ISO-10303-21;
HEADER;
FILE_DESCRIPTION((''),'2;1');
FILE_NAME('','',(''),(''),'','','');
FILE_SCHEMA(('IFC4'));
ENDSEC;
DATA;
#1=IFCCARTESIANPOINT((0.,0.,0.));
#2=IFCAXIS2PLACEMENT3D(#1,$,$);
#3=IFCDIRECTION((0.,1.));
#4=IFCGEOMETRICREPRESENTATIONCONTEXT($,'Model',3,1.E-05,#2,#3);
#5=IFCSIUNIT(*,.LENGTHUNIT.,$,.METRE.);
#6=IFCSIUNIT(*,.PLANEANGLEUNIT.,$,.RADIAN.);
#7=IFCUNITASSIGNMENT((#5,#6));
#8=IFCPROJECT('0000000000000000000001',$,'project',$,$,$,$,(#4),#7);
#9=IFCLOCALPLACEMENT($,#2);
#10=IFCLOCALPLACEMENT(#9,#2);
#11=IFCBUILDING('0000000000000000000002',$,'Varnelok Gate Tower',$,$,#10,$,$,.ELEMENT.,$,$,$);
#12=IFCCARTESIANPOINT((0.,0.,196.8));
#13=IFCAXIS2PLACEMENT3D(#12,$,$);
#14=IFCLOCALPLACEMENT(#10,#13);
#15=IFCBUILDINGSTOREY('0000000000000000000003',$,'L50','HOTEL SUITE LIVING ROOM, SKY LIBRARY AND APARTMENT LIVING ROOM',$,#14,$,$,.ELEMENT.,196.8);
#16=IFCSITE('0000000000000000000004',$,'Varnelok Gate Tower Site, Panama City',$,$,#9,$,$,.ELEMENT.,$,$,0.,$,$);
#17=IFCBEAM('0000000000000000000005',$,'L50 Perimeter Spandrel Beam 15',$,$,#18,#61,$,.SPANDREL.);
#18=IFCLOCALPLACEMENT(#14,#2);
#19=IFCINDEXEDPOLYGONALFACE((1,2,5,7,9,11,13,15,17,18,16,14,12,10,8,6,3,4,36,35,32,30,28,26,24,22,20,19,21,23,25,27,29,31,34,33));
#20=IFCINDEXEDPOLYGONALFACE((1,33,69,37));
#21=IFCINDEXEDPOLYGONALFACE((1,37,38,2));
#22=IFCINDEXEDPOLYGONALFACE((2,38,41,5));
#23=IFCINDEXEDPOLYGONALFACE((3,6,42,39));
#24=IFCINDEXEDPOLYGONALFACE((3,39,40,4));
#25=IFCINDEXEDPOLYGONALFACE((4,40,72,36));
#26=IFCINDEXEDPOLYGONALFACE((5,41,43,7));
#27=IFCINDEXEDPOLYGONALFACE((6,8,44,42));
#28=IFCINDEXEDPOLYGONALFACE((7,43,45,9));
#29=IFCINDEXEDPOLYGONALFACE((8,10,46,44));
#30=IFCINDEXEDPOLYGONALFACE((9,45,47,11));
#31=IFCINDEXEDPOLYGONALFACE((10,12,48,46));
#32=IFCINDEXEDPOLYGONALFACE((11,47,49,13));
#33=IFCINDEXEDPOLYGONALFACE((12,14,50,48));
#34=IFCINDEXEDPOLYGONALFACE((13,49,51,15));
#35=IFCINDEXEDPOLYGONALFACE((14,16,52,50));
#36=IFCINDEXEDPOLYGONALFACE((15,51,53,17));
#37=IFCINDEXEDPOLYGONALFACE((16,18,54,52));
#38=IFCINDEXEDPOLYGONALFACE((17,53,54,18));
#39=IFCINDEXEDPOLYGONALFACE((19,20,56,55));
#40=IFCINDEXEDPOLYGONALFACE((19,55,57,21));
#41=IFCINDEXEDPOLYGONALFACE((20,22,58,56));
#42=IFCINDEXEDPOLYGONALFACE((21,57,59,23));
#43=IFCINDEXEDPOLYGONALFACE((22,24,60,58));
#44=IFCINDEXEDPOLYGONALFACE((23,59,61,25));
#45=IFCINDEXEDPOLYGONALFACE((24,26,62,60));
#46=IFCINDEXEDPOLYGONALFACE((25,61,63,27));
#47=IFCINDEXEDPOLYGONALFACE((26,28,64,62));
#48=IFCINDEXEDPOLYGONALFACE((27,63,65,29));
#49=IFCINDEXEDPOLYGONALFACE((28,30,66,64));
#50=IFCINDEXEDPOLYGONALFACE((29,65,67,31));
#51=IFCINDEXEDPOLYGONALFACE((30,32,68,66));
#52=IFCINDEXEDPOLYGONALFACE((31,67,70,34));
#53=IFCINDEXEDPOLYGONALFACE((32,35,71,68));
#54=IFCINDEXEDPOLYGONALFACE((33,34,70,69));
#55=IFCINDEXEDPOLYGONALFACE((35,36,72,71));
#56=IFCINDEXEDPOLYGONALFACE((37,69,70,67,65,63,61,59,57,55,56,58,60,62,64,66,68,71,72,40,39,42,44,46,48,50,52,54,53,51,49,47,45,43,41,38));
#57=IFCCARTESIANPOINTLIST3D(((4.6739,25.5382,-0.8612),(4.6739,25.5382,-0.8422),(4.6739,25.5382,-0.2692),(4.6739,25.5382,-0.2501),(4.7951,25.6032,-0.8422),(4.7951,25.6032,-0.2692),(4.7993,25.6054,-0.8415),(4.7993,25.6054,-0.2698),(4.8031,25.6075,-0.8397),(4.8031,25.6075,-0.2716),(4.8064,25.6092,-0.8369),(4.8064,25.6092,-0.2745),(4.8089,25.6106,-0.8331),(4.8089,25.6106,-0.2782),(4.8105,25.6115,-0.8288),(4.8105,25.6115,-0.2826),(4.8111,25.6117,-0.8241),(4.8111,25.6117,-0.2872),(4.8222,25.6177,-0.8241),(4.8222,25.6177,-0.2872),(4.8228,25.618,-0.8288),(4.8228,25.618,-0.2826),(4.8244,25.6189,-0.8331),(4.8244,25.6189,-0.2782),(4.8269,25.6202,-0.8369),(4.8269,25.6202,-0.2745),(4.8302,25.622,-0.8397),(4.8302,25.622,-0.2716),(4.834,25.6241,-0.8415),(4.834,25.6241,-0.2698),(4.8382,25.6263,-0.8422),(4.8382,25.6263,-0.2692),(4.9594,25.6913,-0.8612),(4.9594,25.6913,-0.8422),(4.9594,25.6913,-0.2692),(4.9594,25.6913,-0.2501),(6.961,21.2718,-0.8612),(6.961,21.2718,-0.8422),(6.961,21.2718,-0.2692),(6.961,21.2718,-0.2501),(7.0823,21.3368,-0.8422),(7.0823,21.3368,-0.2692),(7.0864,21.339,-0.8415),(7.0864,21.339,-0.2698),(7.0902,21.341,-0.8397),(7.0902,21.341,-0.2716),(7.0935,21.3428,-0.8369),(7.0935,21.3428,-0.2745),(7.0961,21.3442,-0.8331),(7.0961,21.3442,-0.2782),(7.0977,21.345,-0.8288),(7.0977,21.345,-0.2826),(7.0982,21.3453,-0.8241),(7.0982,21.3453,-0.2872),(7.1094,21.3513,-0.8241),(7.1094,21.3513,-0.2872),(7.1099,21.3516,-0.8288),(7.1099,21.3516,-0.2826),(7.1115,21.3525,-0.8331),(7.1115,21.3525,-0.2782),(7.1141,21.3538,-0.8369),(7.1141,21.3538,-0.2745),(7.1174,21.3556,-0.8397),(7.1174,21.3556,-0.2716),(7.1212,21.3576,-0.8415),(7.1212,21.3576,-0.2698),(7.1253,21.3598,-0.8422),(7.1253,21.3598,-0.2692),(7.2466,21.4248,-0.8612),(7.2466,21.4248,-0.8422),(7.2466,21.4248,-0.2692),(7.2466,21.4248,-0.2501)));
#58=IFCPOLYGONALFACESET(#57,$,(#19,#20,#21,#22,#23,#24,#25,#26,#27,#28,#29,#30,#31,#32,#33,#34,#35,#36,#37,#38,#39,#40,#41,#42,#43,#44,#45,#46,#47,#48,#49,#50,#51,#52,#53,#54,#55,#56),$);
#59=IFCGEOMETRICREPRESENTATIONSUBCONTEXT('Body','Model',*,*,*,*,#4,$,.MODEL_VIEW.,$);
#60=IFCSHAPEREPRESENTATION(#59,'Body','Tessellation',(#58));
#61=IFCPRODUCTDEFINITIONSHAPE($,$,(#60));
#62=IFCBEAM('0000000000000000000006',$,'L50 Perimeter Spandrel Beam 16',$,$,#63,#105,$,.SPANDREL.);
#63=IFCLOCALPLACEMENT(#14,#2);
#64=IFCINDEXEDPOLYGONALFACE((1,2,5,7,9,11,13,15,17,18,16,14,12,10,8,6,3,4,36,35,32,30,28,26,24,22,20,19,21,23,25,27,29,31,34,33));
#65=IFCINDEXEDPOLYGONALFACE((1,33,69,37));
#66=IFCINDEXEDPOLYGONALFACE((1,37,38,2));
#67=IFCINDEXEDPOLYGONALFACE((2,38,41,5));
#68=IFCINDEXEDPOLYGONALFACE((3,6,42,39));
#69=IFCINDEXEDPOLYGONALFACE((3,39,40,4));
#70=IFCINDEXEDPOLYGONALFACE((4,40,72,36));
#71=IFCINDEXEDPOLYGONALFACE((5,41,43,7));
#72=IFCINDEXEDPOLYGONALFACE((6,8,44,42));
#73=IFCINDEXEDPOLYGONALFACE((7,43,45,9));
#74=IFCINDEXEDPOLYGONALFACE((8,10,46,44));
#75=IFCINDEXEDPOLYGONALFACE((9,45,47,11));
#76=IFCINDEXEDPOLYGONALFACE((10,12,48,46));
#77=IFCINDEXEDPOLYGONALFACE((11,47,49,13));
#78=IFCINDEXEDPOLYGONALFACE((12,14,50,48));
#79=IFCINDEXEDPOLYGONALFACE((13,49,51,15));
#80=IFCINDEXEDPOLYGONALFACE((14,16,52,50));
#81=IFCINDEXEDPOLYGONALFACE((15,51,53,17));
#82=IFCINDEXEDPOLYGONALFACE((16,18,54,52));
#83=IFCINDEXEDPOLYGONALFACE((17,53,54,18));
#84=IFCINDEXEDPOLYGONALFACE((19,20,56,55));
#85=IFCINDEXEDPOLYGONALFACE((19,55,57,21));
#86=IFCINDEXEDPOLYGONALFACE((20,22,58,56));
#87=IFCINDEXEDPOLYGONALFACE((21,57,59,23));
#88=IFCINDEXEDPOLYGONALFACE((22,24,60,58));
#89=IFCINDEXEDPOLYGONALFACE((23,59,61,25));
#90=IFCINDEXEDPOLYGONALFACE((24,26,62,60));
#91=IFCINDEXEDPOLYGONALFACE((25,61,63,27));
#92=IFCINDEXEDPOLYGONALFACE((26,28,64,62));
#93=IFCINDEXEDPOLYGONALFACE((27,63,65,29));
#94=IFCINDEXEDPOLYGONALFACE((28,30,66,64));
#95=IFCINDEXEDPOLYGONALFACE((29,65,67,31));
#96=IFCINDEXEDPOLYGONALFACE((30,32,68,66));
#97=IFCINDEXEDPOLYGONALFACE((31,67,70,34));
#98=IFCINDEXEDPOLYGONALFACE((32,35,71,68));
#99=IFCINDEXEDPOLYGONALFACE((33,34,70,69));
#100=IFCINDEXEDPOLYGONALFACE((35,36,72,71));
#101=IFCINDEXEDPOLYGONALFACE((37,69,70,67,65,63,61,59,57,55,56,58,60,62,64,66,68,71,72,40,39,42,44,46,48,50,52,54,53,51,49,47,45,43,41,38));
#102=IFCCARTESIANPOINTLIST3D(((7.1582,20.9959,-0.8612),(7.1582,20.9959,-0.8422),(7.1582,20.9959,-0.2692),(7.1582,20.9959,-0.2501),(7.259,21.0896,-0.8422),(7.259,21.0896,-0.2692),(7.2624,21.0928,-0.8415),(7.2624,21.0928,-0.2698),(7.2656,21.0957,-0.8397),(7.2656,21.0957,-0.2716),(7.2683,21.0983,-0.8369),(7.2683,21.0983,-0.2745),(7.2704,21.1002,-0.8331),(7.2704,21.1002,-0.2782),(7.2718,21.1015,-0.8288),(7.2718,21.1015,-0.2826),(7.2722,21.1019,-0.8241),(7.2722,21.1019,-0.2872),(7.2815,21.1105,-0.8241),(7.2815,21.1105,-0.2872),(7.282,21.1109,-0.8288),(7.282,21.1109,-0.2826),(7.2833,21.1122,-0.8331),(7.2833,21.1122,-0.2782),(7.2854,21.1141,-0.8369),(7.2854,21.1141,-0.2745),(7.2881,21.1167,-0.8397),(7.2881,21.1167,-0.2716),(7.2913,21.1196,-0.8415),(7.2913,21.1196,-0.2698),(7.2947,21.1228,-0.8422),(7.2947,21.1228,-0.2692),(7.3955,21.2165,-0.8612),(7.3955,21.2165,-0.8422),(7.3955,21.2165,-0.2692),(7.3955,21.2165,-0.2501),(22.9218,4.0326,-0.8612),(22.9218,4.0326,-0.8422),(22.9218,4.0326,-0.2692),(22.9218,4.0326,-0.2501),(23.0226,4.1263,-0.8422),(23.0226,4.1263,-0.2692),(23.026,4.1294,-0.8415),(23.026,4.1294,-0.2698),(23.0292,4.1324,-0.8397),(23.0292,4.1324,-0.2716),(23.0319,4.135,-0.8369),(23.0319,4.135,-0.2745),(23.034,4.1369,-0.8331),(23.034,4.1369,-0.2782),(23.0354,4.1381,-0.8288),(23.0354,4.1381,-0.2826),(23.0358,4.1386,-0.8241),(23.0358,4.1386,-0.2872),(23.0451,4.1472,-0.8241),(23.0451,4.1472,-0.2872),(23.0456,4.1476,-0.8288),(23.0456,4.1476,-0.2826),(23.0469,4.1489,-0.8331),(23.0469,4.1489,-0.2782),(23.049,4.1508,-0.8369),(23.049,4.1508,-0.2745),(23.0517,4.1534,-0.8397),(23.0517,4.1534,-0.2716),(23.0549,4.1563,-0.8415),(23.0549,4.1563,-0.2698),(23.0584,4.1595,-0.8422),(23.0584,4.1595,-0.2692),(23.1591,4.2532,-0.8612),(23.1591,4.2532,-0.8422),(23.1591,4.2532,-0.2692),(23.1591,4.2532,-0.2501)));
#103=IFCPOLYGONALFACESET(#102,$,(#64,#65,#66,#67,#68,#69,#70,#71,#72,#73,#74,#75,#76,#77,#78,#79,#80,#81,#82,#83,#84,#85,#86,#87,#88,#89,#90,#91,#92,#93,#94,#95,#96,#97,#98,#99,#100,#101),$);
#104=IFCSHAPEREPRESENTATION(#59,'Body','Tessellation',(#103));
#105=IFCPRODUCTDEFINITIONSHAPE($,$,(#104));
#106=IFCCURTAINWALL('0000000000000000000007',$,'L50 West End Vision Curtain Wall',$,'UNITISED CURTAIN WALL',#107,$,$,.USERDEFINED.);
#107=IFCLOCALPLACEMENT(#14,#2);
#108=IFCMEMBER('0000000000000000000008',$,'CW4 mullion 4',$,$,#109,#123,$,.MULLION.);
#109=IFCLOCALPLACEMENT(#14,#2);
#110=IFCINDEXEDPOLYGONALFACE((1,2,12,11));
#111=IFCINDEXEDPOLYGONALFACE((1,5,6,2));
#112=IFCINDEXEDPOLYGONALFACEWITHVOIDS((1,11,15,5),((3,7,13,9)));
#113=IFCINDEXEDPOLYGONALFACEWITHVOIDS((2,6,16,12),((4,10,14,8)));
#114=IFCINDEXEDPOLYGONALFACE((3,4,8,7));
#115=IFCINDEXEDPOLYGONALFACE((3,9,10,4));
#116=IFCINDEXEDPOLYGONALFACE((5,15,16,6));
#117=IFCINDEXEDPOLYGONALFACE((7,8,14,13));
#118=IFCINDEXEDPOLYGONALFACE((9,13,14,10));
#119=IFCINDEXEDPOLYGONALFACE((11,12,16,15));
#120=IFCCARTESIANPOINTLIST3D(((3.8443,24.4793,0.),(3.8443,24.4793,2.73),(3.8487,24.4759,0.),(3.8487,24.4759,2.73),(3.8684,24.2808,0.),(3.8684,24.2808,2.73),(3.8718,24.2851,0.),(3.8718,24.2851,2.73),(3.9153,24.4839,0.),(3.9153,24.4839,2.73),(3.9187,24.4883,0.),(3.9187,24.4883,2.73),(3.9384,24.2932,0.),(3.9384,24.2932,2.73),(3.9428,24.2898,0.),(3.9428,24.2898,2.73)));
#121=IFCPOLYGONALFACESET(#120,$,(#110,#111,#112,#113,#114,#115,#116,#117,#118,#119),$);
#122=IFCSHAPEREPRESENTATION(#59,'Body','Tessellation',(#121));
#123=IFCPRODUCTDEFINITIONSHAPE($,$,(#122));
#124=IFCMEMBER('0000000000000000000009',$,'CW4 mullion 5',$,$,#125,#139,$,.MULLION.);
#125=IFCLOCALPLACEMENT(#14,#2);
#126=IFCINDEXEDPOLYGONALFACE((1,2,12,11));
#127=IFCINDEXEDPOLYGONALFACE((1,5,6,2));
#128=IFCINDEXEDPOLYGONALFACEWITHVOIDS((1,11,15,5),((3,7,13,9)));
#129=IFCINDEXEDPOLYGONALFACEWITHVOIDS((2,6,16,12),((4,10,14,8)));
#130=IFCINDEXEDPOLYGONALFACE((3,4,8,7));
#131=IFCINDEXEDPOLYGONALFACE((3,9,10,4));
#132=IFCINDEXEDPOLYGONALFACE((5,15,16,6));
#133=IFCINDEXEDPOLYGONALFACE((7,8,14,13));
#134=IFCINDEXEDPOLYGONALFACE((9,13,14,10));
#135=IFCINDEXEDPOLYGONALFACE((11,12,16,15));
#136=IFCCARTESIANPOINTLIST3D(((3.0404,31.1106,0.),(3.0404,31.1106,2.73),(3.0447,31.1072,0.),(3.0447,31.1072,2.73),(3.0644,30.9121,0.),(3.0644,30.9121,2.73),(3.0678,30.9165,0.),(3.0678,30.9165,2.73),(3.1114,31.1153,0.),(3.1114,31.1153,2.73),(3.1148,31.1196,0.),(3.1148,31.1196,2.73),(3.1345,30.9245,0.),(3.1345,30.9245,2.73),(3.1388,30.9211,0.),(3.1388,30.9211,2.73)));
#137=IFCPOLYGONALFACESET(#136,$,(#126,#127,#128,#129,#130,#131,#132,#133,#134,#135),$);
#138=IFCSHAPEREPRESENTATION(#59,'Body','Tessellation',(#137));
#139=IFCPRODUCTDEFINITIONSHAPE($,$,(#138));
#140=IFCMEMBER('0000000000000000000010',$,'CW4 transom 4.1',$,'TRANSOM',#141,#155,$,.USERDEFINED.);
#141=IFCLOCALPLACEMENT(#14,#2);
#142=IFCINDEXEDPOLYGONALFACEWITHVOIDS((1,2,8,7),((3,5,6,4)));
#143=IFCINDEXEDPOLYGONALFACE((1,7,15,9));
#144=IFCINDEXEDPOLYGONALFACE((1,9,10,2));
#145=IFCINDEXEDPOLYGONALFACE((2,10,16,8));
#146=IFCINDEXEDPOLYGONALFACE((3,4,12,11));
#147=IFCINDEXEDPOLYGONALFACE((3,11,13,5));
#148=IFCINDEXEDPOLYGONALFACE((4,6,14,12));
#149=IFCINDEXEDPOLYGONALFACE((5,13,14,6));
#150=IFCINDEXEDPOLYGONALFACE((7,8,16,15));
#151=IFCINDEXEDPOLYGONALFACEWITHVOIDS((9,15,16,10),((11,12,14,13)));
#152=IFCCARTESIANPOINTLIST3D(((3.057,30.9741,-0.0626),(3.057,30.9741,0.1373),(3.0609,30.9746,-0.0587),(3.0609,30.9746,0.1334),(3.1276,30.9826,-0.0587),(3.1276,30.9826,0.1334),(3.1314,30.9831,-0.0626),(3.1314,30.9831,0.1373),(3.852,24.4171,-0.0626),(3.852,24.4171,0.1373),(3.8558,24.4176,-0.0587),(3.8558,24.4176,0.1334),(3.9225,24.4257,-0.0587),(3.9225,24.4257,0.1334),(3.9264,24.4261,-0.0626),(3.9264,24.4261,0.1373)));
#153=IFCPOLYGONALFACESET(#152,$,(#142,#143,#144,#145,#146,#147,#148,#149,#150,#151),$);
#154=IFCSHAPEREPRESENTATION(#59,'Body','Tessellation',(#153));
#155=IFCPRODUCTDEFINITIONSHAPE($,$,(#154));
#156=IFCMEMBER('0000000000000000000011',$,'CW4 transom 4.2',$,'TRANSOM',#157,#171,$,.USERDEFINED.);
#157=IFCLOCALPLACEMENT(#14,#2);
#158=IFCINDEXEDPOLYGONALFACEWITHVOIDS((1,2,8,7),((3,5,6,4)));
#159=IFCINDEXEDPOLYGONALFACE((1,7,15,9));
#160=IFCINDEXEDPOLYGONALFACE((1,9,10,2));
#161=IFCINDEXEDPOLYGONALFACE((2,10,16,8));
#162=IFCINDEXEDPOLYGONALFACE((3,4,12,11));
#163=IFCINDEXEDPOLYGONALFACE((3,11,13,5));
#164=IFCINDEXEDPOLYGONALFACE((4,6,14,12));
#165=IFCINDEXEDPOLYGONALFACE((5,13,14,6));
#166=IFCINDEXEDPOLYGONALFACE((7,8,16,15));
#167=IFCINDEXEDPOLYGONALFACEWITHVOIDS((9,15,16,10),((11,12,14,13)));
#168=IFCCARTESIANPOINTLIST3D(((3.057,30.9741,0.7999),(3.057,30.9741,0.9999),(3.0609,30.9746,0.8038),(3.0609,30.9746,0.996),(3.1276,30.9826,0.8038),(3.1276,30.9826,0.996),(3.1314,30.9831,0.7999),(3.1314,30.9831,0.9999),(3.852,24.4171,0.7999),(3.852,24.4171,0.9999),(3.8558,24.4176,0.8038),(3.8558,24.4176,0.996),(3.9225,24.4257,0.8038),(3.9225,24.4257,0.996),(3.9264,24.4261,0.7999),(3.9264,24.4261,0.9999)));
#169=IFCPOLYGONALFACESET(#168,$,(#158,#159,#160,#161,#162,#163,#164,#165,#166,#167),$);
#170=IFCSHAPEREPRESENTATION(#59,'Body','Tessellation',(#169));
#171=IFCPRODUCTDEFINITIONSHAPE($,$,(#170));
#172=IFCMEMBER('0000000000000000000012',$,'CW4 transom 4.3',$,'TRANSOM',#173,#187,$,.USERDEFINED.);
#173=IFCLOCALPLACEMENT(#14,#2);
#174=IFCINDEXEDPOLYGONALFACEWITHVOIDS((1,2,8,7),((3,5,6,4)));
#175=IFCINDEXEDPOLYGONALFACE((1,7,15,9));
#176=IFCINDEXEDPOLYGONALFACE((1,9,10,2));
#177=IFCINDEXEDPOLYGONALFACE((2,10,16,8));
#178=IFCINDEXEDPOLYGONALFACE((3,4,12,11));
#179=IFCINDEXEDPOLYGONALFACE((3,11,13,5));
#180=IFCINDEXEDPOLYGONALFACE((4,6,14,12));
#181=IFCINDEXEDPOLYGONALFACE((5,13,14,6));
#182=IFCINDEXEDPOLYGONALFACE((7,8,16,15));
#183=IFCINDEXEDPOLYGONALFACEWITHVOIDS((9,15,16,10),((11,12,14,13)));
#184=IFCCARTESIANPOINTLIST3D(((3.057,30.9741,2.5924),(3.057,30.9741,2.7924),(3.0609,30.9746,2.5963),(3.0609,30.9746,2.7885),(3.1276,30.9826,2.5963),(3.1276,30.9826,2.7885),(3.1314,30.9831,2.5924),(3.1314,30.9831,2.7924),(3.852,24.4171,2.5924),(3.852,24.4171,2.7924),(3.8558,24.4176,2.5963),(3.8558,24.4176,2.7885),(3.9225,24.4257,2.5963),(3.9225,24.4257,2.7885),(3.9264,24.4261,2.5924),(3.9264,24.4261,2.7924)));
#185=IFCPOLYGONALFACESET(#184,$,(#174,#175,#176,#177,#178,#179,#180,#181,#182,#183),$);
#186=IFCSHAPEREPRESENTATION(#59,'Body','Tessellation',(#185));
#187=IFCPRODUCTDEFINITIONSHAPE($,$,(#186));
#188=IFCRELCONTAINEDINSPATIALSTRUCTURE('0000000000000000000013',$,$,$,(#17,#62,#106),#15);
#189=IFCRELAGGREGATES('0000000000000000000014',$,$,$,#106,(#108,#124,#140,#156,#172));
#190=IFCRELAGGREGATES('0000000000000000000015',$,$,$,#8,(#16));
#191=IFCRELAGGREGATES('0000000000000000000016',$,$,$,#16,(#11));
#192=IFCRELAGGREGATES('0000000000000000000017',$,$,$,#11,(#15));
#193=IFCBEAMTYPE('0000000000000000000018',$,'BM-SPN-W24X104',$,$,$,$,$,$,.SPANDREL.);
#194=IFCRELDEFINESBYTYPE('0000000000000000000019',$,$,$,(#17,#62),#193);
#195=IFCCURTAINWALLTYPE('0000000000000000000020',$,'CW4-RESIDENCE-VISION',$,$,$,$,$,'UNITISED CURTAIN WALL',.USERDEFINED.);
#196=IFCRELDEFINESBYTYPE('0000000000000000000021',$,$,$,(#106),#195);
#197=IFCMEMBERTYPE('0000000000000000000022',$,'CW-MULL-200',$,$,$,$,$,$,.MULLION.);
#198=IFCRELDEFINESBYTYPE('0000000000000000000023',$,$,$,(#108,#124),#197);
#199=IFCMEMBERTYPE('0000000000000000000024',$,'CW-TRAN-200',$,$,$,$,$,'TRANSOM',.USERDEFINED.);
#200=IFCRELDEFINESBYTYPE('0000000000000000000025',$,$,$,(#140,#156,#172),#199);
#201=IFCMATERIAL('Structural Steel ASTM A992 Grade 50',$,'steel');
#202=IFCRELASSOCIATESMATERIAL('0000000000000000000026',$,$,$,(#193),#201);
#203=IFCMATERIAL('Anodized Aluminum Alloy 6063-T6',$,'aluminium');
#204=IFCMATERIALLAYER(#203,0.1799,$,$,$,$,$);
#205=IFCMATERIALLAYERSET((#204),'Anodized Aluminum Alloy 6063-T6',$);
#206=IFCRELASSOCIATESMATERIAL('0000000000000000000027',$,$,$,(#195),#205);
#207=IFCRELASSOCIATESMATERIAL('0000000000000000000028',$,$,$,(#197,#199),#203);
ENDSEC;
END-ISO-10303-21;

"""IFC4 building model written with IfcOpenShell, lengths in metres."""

from ifc_helpers import new_model, si_unit, direction, frame, origin, origin_2d, place, context, subcontext, project, spatial, hollow_rectangle, i_section, extrude, material, layer, layer_set, material_profile, profile_set, type_object, element, aggregate, save


model = new_model("IFC4")

# Units and contexts
model_context = context("Model", 3, precision=1e-05, world=origin(), true_north=direction((0.0, 1.0)))
body_context = subcontext(model_context, "Body", "Model", "MODEL_VIEW")
ifc_project = project(units=[si_unit("LENGTHUNIT", "METRE"), si_unit("PLANEANGLEUNIT", "RADIAN")], contexts=[model_context])

# Site, building, storey
site_placement = place(None, origin())
site = spatial("IfcSite", under=ifc_project, at=site_placement, Name="Varnelok Gate Tower Site, Panama City", CompositionType="ELEMENT", RefElevation=0.0)
building_placement = place(site_placement, origin())
building = spatial("IfcBuilding", under=site, at=building_placement, Name="Varnelok Gate Tower", CompositionType="ELEMENT")
storey_placement = place(building_placement, frame((0.0, 0.0, 196.8)))
storey = spatial("IfcBuildingStorey", under=building, at=storey_placement, Name="L50", Description="HOTEL SUITE LIVING ROOM, SKY LIBRARY AND APARTMENT LIVING ROOM", CompositionType="ELEMENT", Elevation=196.8)

# Shared definitions
ifc_material_1 = material(Name="Structural Steel ASTM A992 Grade 50", Category="steel")

# Beams
ifc_material_profile_1 = material_profile(ifc_material_1, i_section(OverallWidth=0.324, OverallDepth=0.6111, WebThickness=0.0127, FlangeThickness=0.019, FilletRadius=0.0181, at=origin_2d()), Name="W24X104")
ifc_profile_set_1 = profile_set([ifc_material_profile_1], Name="Structural Steel ASTM A992 Grade 50")
beam_type_1 = type_object("IfcBeamType", Name="BM-SPN-W24X104", PredefinedType="SPANDREL", material=ifc_profile_set_1)
beam_1_placement = place(storey_placement, frame((4.8167, 25.6147, -0.5557), z_axis=(0.472472, -0.881346, 0.0), x_axis=(0.881346, 0.472472, 0.0)))
element("IfcBeam", 1, at=beam_1_placement, inside=storey, type_object=beam_type_1, Name="L50 Perimeter Spandrel Beam 15", PredefinedType="SPANDREL", context=body_context, shape_type="SweptSolid", body=[
    extrude(i_section(OverallWidth=0.324, OverallDepth=0.6111, WebThickness=0.0127, FlangeThickness=0.019, FilletRadius=0.0181, at=origin_2d()), origin(), (0.0, 0.0, 1.0), 4.8408),
])
beam_2_placement = place(storey_placement, frame((7.2769, 21.1062, -0.5557), z_axis=(0.680728, -0.732536, 0.0), x_axis=(0.732536, 0.680728, 0.0)))
element("IfcBeam", 2, at=beam_2_placement, inside=storey, type_object=beam_type_1, Name="L50 Perimeter Spandrel Beam 16", PredefinedType="SPANDREL", context=body_context, shape_type="SweptSolid", body=[
    extrude(i_section(OverallWidth=0.324, OverallDepth=0.6111, WebThickness=0.0127, FlangeThickness=0.019, FilletRadius=0.0181, at=origin_2d()), origin(), (0.0, 0.0, 1.0), 23.157),
])

# Curtain wall, members
ifc_material_2 = material(Name="Anodized Aluminum Alloy 6063-T6", Category="aluminium")
ifc_layer_1 = layer(ifc_material_2, 0.1799)
ifc_layer_set_1 = layer_set([ifc_layer_1], Name="Anodized Aluminum Alloy 6063-T6")
curtain_wall_type = type_object("IfcCurtainWallType", Name="CW4-RESIDENCE-VISION", ElementType="UNITISED CURTAIN WALL", PredefinedType="USERDEFINED", material=ifc_layer_set_1)
curtain_wall_placement = place(storey_placement, origin())
curtain_wall = element("IfcCurtainWall", 3, at=curtain_wall_placement, inside=storey, type_object=curtain_wall_type, Name="L50 West End Vision Curtain Wall", ObjectType="UNITISED CURTAIN WALL", PredefinedType="USERDEFINED")
ifc_material_profile_2 = material_profile(ifc_material_2, hollow_rectangle(XDim=0.075, YDim=0.2, WallThickness=0.0039, at=origin_2d()), Name="ALU200X75X4")
ifc_profile_set_2 = profile_set([ifc_material_profile_2], Name="Anodized Aluminum Alloy 6063-T6")
member_type_1 = type_object("IfcMemberType", Name="CW-MULL-200", PredefinedType="MULLION", material=ifc_profile_set_2)
member_1_placement = place(storey_placement, frame((3.8936, 24.3845, 0.0), z_axis=(0.0, 0.0, 1.0), x_axis=(-0.992732, -0.120345, 0.0)))
member_1 = element("IfcMember", 4, at=member_1_placement, type_object=member_type_1, Name="CW4 mullion 4", PredefinedType="MULLION", context=body_context, shape_type="SweptSolid", body=[
    extrude(hollow_rectangle(XDim=0.075, YDim=0.2, WallThickness=0.0039, at=origin_2d()), origin(), (0.0, 0.0, 1.0), 2.73),
])
member_2_placement = place(storey_placement, frame((3.0896, 31.0159, 0.0), z_axis=(0.0, 0.0, 1.0), x_axis=(-0.992732, -0.120345, 0.0)))
member_2 = element("IfcMember", 5, at=member_2_placement, type_object=member_type_1, Name="CW4 mullion 5", PredefinedType="MULLION", context=body_context, shape_type="SweptSolid", body=[
    extrude(hollow_rectangle(XDim=0.075, YDim=0.2, WallThickness=0.0039, at=origin_2d()), origin(), (0.0, 0.0, 1.0), 2.73),
])
ifc_material_profile_3 = material_profile(ifc_material_2, hollow_rectangle(XDim=0.075, YDim=0.2, WallThickness=0.0039, at=origin_2d()), Name="ALU200X75X4")
ifc_profile_set_3 = profile_set([ifc_material_profile_3], Name="Anodized Aluminum Alloy 6063-T6")
member_type_2 = type_object("IfcMemberType", Name="CW-TRAN-200", ElementType="TRANSOM", PredefinedType="USERDEFINED", material=ifc_profile_set_3)
member_3_placement = place(storey_placement, frame((3.8892, 24.4216, 0.0374), z_axis=(-0.120353, 0.992731, 0.0), x_axis=(-0.992731, -0.120353, 0.0)))
member_3 = element("IfcMember", 6, at=member_3_placement, type_object=member_type_2, Name="CW4 transom 4.1", ObjectType="TRANSOM", PredefinedType="USERDEFINED", context=body_context, shape_type="SweptSolid", body=[
    extrude(hollow_rectangle(XDim=0.075, YDim=0.2, WallThickness=0.0039, at=origin_2d()), origin(), (0.0, 0.0, 1.0), 6.605),
])
member_4_placement = place(storey_placement, frame((3.8892, 24.4216, 0.8999), z_axis=(-0.120353, 0.992731, 0.0), x_axis=(-0.992731, -0.120353, 0.0)))
member_4 = element("IfcMember", 7, at=member_4_placement, type_object=member_type_2, Name="CW4 transom 4.2", ObjectType="TRANSOM", PredefinedType="USERDEFINED", context=body_context, shape_type="SweptSolid", body=[
    extrude(hollow_rectangle(XDim=0.075, YDim=0.2, WallThickness=0.0039, at=origin_2d()), origin(), (0.0, 0.0, 1.0), 6.605),
])
member_5_placement = place(storey_placement, frame((3.8892, 24.4216, 2.6924), z_axis=(-0.120353, 0.992731, 0.0), x_axis=(-0.992731, -0.120353, 0.0)))
member_5 = element("IfcMember", 8, at=member_5_placement, type_object=member_type_2, Name="CW4 transom 4.3", ObjectType="TRANSOM", PredefinedType="USERDEFINED", context=body_context, shape_type="SweptSolid", body=[
    extrude(hollow_rectangle(XDim=0.075, YDim=0.2, WallThickness=0.0039, at=origin_2d()), origin(), (0.0, 0.0, 1.0), 6.605),
])
aggregate(curtain_wall, [member_1, member_2, member_3, member_4, member_5])

save(model, "model.ifc")
